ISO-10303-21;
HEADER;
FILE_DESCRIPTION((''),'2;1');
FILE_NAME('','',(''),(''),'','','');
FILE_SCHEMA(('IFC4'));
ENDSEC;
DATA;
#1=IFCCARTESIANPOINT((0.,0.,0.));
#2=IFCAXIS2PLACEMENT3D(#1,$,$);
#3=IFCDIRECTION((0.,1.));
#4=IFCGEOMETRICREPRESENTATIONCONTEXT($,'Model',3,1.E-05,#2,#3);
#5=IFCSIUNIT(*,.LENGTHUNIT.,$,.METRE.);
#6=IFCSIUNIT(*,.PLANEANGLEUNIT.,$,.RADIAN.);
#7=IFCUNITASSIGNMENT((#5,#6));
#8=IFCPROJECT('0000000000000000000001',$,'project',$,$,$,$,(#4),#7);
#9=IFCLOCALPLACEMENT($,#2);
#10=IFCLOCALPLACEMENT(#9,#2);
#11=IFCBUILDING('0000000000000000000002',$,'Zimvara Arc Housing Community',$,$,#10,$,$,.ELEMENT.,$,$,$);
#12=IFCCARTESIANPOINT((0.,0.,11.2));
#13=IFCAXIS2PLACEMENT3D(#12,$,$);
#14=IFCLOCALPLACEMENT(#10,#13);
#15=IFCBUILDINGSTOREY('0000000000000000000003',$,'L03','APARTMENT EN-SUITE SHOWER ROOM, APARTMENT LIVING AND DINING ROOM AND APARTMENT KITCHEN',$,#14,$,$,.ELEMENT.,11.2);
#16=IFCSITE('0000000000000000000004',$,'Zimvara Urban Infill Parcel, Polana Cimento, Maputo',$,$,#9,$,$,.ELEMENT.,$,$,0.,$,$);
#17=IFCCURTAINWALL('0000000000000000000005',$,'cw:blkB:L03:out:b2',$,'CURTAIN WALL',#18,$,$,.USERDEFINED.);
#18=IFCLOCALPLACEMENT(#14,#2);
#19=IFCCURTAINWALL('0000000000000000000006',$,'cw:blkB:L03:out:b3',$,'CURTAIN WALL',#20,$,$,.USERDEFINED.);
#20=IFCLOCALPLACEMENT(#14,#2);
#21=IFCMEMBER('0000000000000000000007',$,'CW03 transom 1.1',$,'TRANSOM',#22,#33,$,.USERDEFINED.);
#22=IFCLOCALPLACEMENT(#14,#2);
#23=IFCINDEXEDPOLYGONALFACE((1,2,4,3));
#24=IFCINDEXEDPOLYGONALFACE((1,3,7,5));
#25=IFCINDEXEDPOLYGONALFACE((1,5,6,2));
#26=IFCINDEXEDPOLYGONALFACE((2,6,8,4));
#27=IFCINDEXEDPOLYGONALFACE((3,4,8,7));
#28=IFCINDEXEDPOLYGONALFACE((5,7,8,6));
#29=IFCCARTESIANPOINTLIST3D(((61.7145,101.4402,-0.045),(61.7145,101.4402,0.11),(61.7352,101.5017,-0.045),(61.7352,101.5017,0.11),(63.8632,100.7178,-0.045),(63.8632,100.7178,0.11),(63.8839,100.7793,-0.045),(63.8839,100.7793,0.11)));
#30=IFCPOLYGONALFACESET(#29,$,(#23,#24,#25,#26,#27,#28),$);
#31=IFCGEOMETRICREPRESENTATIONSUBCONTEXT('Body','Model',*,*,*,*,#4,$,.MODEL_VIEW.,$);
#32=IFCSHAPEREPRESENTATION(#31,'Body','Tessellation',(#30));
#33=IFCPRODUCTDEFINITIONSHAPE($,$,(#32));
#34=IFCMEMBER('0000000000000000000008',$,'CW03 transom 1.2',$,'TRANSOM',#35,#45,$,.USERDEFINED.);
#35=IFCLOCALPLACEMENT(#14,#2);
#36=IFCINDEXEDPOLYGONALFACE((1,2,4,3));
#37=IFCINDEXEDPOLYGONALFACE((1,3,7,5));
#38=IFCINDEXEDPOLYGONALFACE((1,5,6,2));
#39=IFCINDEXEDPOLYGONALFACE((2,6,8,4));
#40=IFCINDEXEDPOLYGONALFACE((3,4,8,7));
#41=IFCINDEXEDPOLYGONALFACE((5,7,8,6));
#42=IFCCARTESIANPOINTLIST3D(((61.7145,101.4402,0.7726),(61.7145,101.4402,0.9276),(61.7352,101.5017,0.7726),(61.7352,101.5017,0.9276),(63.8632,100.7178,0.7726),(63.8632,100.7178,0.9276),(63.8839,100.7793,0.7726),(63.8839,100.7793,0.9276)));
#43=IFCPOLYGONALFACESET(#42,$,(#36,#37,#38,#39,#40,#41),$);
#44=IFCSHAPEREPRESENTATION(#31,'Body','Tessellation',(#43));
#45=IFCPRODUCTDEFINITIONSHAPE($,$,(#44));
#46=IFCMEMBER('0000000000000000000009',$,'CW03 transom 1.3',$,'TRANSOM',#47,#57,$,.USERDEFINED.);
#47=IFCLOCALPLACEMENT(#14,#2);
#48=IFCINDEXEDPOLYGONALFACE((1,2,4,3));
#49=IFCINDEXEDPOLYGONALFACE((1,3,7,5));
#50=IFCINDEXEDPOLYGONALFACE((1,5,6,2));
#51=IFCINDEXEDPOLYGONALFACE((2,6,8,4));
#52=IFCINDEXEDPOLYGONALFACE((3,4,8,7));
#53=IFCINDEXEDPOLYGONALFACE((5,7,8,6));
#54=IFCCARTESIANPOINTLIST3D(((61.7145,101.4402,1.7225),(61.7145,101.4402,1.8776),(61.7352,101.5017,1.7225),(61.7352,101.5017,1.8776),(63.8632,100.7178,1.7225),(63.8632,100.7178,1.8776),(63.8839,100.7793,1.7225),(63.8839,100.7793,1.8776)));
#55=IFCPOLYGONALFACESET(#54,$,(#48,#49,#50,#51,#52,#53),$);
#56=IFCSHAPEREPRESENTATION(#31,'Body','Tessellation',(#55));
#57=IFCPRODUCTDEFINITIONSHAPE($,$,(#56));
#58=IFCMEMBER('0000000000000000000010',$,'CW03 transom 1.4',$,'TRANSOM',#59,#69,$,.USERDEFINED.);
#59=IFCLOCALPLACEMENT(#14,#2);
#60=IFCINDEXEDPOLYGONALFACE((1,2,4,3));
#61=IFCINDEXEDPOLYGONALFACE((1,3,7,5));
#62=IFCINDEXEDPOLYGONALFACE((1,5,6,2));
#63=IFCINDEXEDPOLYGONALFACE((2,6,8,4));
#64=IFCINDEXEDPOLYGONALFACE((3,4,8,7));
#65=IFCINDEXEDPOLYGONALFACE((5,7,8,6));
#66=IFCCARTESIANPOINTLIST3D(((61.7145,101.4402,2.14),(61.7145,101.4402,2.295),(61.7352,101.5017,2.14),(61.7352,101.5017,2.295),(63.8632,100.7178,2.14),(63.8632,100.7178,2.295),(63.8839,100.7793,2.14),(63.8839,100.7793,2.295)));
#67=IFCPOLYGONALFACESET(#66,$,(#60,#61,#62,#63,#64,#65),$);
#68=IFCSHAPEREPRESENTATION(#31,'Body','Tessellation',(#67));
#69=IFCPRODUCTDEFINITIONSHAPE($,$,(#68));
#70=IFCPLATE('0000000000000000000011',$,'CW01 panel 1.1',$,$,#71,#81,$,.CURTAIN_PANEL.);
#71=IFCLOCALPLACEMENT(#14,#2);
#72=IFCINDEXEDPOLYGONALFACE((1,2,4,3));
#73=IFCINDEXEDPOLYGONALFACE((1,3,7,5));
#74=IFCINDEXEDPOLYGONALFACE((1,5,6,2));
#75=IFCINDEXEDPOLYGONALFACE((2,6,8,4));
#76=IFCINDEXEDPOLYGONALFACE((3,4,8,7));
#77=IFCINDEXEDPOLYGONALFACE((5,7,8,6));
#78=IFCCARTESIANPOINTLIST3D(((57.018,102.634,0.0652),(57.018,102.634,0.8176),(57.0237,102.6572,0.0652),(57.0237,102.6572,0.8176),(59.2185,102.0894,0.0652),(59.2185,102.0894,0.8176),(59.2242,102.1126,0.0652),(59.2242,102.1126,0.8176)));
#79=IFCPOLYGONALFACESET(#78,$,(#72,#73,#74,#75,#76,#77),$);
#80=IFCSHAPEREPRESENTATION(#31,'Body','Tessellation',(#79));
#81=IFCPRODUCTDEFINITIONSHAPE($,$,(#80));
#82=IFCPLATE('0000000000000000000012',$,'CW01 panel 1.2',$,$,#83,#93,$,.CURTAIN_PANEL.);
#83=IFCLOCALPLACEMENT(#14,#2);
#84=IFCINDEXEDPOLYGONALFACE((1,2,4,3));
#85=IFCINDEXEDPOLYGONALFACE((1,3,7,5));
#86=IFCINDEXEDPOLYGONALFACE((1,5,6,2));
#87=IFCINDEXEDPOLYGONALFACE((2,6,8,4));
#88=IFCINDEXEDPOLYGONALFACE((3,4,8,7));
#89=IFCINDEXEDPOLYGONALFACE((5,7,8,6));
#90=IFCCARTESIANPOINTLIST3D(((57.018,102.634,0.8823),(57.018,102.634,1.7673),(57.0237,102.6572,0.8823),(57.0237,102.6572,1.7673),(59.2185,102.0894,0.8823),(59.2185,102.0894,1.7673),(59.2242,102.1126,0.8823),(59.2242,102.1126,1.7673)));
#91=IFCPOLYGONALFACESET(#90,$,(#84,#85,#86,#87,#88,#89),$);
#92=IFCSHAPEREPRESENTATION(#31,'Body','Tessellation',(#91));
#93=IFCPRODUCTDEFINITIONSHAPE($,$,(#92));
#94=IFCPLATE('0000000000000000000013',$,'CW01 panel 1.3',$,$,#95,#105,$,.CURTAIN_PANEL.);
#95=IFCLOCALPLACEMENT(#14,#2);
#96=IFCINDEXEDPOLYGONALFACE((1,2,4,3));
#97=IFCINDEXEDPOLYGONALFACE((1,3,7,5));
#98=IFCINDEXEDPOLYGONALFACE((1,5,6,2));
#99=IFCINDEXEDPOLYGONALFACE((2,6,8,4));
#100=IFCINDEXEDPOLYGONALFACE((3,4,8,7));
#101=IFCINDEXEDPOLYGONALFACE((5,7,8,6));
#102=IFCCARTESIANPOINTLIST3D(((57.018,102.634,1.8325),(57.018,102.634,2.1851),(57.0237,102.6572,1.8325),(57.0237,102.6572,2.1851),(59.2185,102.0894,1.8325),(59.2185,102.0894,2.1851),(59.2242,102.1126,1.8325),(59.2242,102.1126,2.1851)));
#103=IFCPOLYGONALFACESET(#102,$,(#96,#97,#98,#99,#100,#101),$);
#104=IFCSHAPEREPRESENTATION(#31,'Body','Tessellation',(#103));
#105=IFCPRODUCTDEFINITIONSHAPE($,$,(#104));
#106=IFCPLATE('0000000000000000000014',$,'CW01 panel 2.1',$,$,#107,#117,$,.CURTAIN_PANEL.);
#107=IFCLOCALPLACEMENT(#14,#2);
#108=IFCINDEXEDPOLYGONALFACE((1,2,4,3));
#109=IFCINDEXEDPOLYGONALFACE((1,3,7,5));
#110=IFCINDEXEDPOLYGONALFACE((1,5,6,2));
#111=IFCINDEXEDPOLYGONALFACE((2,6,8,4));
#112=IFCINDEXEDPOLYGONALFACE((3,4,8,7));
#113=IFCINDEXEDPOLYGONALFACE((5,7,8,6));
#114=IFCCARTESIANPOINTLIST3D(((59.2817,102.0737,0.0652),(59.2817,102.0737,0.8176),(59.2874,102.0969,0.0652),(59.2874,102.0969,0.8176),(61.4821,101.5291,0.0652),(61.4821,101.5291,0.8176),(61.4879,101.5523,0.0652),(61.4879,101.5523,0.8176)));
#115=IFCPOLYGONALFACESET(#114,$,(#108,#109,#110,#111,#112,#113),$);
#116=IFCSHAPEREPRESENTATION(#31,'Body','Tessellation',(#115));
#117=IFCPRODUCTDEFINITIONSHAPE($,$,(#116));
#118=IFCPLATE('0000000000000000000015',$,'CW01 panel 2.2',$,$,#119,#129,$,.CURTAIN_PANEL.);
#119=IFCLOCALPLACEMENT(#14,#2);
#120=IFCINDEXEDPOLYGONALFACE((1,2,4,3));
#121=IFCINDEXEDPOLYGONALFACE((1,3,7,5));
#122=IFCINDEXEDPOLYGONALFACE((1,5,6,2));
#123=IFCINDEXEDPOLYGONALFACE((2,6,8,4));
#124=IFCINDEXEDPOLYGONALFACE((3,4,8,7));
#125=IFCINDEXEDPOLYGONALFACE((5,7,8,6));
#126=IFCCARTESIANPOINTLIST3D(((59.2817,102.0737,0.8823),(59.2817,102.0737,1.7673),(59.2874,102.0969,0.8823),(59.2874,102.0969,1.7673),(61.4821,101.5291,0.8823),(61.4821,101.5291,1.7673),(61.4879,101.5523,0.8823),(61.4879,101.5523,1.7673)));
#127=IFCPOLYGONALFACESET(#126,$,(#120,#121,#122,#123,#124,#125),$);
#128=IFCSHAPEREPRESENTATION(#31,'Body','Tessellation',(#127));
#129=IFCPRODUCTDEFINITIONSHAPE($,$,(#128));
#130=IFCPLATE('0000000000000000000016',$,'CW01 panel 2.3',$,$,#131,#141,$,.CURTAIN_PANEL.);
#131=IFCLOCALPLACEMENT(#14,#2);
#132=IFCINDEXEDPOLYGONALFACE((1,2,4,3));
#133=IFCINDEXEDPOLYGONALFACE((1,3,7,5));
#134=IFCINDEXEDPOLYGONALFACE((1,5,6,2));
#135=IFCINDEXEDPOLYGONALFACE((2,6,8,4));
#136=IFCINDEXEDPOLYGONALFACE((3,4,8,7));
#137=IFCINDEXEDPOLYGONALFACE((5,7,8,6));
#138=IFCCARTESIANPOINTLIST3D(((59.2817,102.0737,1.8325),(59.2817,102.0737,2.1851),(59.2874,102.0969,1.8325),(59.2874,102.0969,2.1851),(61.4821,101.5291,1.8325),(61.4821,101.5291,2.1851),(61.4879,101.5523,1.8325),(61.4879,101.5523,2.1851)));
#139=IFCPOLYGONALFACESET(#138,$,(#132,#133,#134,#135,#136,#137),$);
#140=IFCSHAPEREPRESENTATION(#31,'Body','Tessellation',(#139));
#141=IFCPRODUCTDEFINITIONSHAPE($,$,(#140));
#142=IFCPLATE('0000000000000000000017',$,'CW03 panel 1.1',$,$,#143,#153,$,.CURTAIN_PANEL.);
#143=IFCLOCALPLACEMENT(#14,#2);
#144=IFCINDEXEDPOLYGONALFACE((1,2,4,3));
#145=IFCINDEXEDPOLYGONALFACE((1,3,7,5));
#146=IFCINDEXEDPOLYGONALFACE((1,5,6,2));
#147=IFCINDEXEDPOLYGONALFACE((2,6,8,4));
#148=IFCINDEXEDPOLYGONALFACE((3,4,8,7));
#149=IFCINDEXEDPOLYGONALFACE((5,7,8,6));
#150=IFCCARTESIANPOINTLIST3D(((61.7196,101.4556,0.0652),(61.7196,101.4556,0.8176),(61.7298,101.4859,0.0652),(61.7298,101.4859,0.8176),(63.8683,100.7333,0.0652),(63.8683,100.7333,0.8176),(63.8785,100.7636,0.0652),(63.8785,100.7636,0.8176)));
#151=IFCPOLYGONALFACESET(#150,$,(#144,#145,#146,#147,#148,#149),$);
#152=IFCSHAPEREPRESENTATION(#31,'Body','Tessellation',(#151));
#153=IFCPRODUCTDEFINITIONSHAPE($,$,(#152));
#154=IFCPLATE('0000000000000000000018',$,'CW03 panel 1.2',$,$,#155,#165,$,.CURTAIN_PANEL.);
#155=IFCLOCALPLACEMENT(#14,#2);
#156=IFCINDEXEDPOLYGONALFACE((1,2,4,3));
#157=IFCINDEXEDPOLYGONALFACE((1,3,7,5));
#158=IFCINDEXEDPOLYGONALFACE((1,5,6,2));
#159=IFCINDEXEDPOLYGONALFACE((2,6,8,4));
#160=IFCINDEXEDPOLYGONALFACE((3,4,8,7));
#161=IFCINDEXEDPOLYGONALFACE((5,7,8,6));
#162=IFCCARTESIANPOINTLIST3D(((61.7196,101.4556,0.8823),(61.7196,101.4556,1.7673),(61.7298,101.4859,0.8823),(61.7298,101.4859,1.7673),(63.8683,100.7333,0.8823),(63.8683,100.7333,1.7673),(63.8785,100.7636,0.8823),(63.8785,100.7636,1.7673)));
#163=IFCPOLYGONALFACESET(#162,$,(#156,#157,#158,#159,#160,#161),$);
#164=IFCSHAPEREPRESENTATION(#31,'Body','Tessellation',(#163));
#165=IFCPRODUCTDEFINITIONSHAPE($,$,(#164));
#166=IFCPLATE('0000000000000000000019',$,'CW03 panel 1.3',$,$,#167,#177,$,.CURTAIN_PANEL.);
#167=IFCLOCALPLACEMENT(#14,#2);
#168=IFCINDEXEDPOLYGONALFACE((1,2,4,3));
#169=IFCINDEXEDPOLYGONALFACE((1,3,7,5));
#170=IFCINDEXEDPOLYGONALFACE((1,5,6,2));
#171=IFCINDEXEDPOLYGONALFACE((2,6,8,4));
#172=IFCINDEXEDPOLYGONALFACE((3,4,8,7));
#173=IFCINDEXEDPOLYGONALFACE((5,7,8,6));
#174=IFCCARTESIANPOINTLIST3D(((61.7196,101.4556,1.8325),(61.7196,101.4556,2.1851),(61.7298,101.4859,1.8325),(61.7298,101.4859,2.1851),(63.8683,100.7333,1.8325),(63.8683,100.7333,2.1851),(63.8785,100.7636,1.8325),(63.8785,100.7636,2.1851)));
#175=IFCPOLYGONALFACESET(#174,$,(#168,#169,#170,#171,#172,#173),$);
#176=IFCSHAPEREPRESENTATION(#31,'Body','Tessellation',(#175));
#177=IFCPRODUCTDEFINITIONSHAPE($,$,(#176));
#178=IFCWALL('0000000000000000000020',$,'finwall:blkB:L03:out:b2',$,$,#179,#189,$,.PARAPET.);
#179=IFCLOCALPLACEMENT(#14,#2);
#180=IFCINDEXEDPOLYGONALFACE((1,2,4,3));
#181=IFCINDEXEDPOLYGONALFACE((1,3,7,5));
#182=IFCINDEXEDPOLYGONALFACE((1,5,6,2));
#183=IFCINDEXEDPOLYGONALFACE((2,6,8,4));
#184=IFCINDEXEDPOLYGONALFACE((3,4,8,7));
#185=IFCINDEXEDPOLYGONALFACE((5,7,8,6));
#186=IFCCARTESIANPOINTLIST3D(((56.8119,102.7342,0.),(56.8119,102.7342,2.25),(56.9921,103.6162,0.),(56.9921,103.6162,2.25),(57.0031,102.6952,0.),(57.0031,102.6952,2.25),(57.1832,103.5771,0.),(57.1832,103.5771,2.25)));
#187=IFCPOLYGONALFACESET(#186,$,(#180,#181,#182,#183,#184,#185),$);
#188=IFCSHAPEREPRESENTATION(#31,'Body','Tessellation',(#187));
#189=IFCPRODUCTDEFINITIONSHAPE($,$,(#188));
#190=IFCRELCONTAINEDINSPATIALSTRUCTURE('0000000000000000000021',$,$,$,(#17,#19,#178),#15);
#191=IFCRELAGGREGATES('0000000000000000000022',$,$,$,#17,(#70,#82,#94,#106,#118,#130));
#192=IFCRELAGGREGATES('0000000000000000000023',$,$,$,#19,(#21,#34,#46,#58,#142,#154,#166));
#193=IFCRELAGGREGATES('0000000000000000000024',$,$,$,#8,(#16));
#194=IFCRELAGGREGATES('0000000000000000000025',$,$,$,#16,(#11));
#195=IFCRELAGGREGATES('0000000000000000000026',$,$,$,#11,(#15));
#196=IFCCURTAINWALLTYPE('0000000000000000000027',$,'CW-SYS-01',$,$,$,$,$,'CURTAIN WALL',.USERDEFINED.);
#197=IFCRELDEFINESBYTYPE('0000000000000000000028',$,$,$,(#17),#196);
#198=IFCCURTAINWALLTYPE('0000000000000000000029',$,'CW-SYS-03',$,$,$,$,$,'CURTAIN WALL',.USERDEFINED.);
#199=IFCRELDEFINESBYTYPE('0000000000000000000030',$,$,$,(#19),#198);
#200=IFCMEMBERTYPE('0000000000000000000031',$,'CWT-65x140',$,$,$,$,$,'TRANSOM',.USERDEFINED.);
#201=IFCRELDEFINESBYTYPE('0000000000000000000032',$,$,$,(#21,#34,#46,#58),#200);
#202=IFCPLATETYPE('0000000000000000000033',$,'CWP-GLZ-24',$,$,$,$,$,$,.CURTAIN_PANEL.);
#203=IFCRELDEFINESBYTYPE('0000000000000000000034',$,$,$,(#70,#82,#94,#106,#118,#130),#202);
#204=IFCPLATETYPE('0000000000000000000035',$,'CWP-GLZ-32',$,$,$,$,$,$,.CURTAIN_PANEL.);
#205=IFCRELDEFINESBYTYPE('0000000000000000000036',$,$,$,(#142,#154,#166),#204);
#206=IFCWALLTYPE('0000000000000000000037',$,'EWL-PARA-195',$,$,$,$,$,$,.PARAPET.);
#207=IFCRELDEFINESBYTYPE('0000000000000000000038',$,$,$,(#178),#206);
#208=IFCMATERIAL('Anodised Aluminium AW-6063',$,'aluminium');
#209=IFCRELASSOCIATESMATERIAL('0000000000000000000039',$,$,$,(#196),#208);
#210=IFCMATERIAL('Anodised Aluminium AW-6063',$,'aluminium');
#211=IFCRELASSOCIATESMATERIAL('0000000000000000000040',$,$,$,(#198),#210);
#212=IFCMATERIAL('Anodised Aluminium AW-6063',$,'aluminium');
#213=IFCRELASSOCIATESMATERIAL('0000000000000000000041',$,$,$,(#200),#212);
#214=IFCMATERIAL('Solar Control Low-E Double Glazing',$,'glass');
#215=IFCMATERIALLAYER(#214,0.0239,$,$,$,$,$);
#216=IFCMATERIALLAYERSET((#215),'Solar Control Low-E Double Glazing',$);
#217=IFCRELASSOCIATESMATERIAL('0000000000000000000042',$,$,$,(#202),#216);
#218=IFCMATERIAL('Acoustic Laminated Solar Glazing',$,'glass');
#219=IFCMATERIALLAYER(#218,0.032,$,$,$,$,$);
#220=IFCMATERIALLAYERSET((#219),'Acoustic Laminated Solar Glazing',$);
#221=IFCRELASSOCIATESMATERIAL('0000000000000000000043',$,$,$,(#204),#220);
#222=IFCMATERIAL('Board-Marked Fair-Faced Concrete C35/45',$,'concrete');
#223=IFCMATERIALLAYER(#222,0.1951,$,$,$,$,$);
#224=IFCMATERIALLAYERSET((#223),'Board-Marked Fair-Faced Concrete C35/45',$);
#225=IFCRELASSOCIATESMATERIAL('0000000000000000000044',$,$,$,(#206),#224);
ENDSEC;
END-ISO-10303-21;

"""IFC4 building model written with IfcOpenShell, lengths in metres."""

from ifc_helpers import new_model, si_unit, direction, frame, frame_2d, origin, origin_2d, place, context, subcontext, project, spatial, rectangle, extrude, material, layer, layer_set, material_profile, profile_set, type_object, element, aggregate, save


model = new_model("IFC4")

# Units and contexts
model_context = context("Model", 3, precision=1e-05, world=origin(), true_north=direction((0.0, 1.0)))
body_context = subcontext(model_context, "Body", "Model", "MODEL_VIEW")
ifc_project = project(units=[si_unit("LENGTHUNIT", "METRE"), si_unit("PLANEANGLEUNIT", "RADIAN")], contexts=[model_context])

# Site, building, storey
site_placement = place(None, origin())
site = spatial("IfcSite", under=ifc_project, at=site_placement, Name="Zimvara Urban Infill Parcel, Polana Cimento, Maputo", CompositionType="ELEMENT", RefElevation=0.0)
building_placement = place(site_placement, origin())
building = spatial("IfcBuilding", under=site, at=building_placement, Name="Zimvara Arc Housing Community", CompositionType="ELEMENT")
storey_placement = place(building_placement, frame((0.0, 0.0, 11.2)))
storey = spatial("IfcBuildingStorey", under=building, at=storey_placement, Name="L03", Description="APARTMENT EN-SUITE SHOWER ROOM, APARTMENT LIVING AND DINING ROOM AND APARTMENT KITCHEN", CompositionType="ELEMENT", Elevation=11.2)

# Curtain wall
ifc_material_1 = material(Name="Anodised Aluminium AW-6063", Category="aluminium")
curtain_wall_type_1 = type_object("IfcCurtainWallType", Name="CW-SYS-01", ElementType="CURTAIN WALL", PredefinedType="USERDEFINED", material=ifc_material_1)
curtain_wall_1_placement = place(storey_placement, origin())
curtain_wall_1 = element("IfcCurtainWall", 1, at=curtain_wall_1_placement, inside=storey, type_object=curtain_wall_type_1, Name="cw:blkB:L03:out:b2", ObjectType="CURTAIN WALL", PredefinedType="USERDEFINED")

# Curtain wall
ifc_material_2 = material(Name="Anodised Aluminium AW-6063", Category="aluminium")
curtain_wall_type_2 = type_object("IfcCurtainWallType", Name="CW-SYS-03", ElementType="CURTAIN WALL", PredefinedType="USERDEFINED", material=ifc_material_2)
curtain_wall_2_placement = place(storey_placement, origin())
curtain_wall_2 = element("IfcCurtainWall", 2, at=curtain_wall_2_placement, inside=storey, type_object=curtain_wall_type_2, Name="cw:blkB:L03:out:b3", ObjectType="CURTAIN WALL", PredefinedType="USERDEFINED")

# Members
ifc_material_3 = material(Name="Anodised Aluminium AW-6063", Category="aluminium")
ifc_material_profile_1 = material_profile(ifc_material_3, rectangle(XDim=0.0649, YDim=0.155, at=origin_2d()), Name="ALU 65x155")
ifc_profile_set_1 = profile_set([ifc_material_profile_1], Name="Anodised Aluminium AW-6063")
member_type_1 = type_object("IfcMemberType", Name="CWT-65x140", ElementType="TRANSOM", PredefinedType="USERDEFINED", material=ifc_profile_set_1)
member_1_placement = place(storey_placement, frame((61.7249, 101.4709, 0.0325), z_axis=(0.947862, -0.318682, 0.0), x_axis=(0.318682, 0.947862, 0.0)))
member_1 = element("IfcMember", 3, at=member_1_placement, type_object=member_type_1, Name="CW03 transom 1.1", ObjectType="TRANSOM", PredefinedType="USERDEFINED", context=body_context, shape_type="SweptSolid", body=[
    extrude(rectangle(XDim=0.0649, YDim=0.155, at=origin_2d()), origin(), (0.0, 0.0, 1.0), 2.2668),
])
member_2_placement = place(storey_placement, frame((61.7249, 101.4709, 0.8501), z_axis=(0.947862, -0.318682, 0.0), x_axis=(0.318682, 0.947862, 0.0)))
member_2 = element("IfcMember", 4, at=member_2_placement, type_object=member_type_1, Name="CW03 transom 1.2", ObjectType="TRANSOM", PredefinedType="USERDEFINED", context=body_context, shape_type="SweptSolid", body=[
    extrude(rectangle(XDim=0.0649, YDim=0.155, at=origin_2d()), origin(), (0.0, 0.0, 1.0), 2.2668),
])
member_3_placement = place(storey_placement, frame((61.7249, 101.4709, 1.8), z_axis=(0.947862, -0.318682, 0.0), x_axis=(0.318682, 0.947862, 0.0)))
member_3 = element("IfcMember", 5, at=member_3_placement, type_object=member_type_1, Name="CW03 transom 1.3", ObjectType="TRANSOM", PredefinedType="USERDEFINED", context=body_context, shape_type="SweptSolid", body=[
    extrude(rectangle(XDim=0.0649, YDim=0.155, at=origin_2d()), origin(), (0.0, 0.0, 1.0), 2.2668),
])
member_4_placement = place(storey_placement, frame((61.7249, 101.4709, 2.2175), z_axis=(0.947862, -0.318682, 0.0), x_axis=(0.318682, 0.947862, 0.0)))
member_4 = element("IfcMember", 6, at=member_4_placement, type_object=member_type_1, Name="CW03 transom 1.4", ObjectType="TRANSOM", PredefinedType="USERDEFINED", context=body_context, shape_type="SweptSolid", body=[
    extrude(rectangle(XDim=0.0649, YDim=0.155, at=origin_2d()), origin(), (0.0, 0.0, 1.0), 2.2668),
])

# Plates
ifc_material_4 = material(Name="Solar Control Low-E Double Glazing", Category="glass")
ifc_layer_1 = layer(ifc_material_4, 0.0239)
ifc_layer_set_1 = layer_set([ifc_layer_1], Name="Solar Control Low-E Double Glazing")
plate_type_1 = type_object("IfcPlateType", Name="CWP-GLZ-24", PredefinedType="CURTAIN_PANEL", material=ifc_layer_set_1)
plate_1_placement = place(storey_placement, frame((58.1211, 102.3733, 0.0652), z_axis=(0.0, 0.0, 1.0), x_axis=(0.970716, -0.24023, 0.0)))
plate_1 = element("IfcPlate", 7, at=plate_1_placement, type_object=plate_type_1, Name="CW01 panel 1.1", PredefinedType="CURTAIN_PANEL", context=body_context, shape_type="SweptSolid", body=[
    extrude(rectangle(XDim=2.2668, YDim=0.0239, at=origin_2d()), origin(), (0.0, 0.0, 1.0), 0.7524),
])
plate_2_placement = place(storey_placement, frame((58.1211, 102.3733, 0.8823), z_axis=(0.0, 0.0, 1.0), x_axis=(0.970716, -0.24023, 0.0)))
plate_2 = element("IfcPlate", 8, at=plate_2_placement, type_object=plate_type_1, Name="CW01 panel 1.2", PredefinedType="CURTAIN_PANEL", context=body_context, shape_type="SweptSolid", body=[
    extrude(rectangle(XDim=2.2668, YDim=0.0239, at=origin_2d()), origin(), (0.0, 0.0, 1.0), 0.885),
])
plate_3_placement = place(storey_placement, frame((58.1211, 102.3733, 1.8325), z_axis=(0.0, 0.0, 1.0), x_axis=(0.970716, -0.24023, 0.0)))
plate_3 = element("IfcPlate", 9, at=plate_3_placement, type_object=plate_type_1, Name="CW01 panel 1.3", PredefinedType="CURTAIN_PANEL", context=body_context, shape_type="SweptSolid", body=[
    extrude(rectangle(XDim=2.2668, YDim=0.0239, at=origin_2d()), origin(), (0.0, 0.0, 1.0), 0.3525),
])
plate_4_placement = place(storey_placement, frame((60.3848, 101.813, 0.0652), z_axis=(0.0, 0.0, 1.0), x_axis=(0.970716, -0.24023, 0.0)))
plate_4 = element("IfcPlate", 10, at=plate_4_placement, type_object=plate_type_1, Name="CW01 panel 2.1", PredefinedType="CURTAIN_PANEL", context=body_context, shape_type="SweptSolid", body=[
    extrude(rectangle(XDim=2.2668, YDim=0.0239, at=origin_2d()), origin(), (0.0, 0.0, 1.0), 0.7524),
])
plate_5_placement = place(storey_placement, frame((60.3848, 101.813, 0.8823), z_axis=(0.0, 0.0, 1.0), x_axis=(0.970716, -0.24023, 0.0)))
plate_5 = element("IfcPlate", 11, at=plate_5_placement, type_object=plate_type_1, Name="CW01 panel 2.2", PredefinedType="CURTAIN_PANEL", context=body_context, shape_type="SweptSolid", body=[
    extrude(rectangle(XDim=2.2668, YDim=0.0239, at=origin_2d()), origin(), (0.0, 0.0, 1.0), 0.885),
])
plate_6_placement = place(storey_placement, frame((60.3848, 101.813, 1.8325), z_axis=(0.0, 0.0, 1.0), x_axis=(0.970716, -0.24023, 0.0)))
plate_6 = element("IfcPlate", 12, at=plate_6_placement, type_object=plate_type_1, Name="CW01 panel 2.3", PredefinedType="CURTAIN_PANEL", context=body_context, shape_type="SweptSolid", body=[
    extrude(rectangle(XDim=2.2668, YDim=0.0239, at=origin_2d()), origin(), (0.0, 0.0, 1.0), 0.3525),
])
aggregate(curtain_wall_1, [plate_1, plate_2, plate_3, plate_4, plate_5, plate_6])
ifc_material_5 = material(Name="Acoustic Laminated Solar Glazing", Category="glass")
ifc_layer_2 = layer(ifc_material_5, 0.032)
ifc_layer_set_2 = layer_set([ifc_layer_2], Name="Acoustic Laminated Solar Glazing")
plate_type_2 = type_object("IfcPlateType", Name="CWP-GLZ-32", PredefinedType="CURTAIN_PANEL", material=ifc_layer_set_2)
plate_7_placement = place(storey_placement, frame((62.7991, 101.1096, 0.0652), z_axis=(0.0, 0.0, 1.0), x_axis=(0.94788, -0.318629, 0.0)))
plate_7 = element("IfcPlate", 13, at=plate_7_placement, type_object=plate_type_2, Name="CW03 panel 1.1", PredefinedType="CURTAIN_PANEL", context=body_context, shape_type="SweptSolid", body=[
    extrude(rectangle(XDim=2.2668, YDim=0.032, at=origin_2d()), origin(), (0.0, 0.0, 1.0), 0.7524),
])
plate_8_placement = place(storey_placement, frame((62.7991, 101.1096, 0.8823), z_axis=(0.0, 0.0, 1.0), x_axis=(0.94788, -0.318629, 0.0)))
plate_8 = element("IfcPlate", 14, at=plate_8_placement, type_object=plate_type_2, Name="CW03 panel 1.2", PredefinedType="CURTAIN_PANEL", context=body_context, shape_type="SweptSolid", body=[
    extrude(rectangle(XDim=2.2668, YDim=0.032, at=origin_2d()), origin(), (0.0, 0.0, 1.0), 0.885),
])
plate_9_placement = place(storey_placement, frame((62.7991, 101.1096, 1.8325), z_axis=(0.0, 0.0, 1.0), x_axis=(0.94788, -0.318629, 0.0)))
plate_9 = element("IfcPlate", 15, at=plate_9_placement, type_object=plate_type_2, Name="CW03 panel 1.3", PredefinedType="CURTAIN_PANEL", context=body_context, shape_type="SweptSolid", body=[
    extrude(rectangle(XDim=2.2668, YDim=0.032, at=origin_2d()), origin(), (0.0, 0.0, 1.0), 0.3525),
])
aggregate(curtain_wall_2, [member_1, member_2, member_3, member_4, plate_7, plate_8, plate_9])

# Wall
ifc_material_6 = material(Name="Board-Marked Fair-Faced Concrete C35/45", Category="concrete")
ifc_layer_3 = layer(ifc_material_6, 0.1951)
ifc_layer_set_3 = layer_set([ifc_layer_3], Name="Board-Marked Fair-Faced Concrete C35/45")
wall_type_1 = type_object("IfcWallType", Name="EWL-PARA-195", PredefinedType="PARAPET", material=ifc_layer_set_3)
wall_1_placement = place(storey_placement, frame((56.9075, 102.7146, 0.0), z_axis=(0.0, 0.0, 1.0), x_axis=(0.200183, 0.979758, 0.0)))
element("IfcWall", 16, at=wall_1_placement, inside=storey, type_object=wall_type_1, Name="finwall:blkB:L03:out:b2", PredefinedType="PARAPET", context=body_context, shape_type="SweptSolid", body=[
    extrude(rectangle(XDim=0.9001, YDim=0.1951, at=frame_2d((0.4502, 0.0))), origin(), (0.0, 0.0, 1.0), 2.25),
])

save(model, "model.ifc")
